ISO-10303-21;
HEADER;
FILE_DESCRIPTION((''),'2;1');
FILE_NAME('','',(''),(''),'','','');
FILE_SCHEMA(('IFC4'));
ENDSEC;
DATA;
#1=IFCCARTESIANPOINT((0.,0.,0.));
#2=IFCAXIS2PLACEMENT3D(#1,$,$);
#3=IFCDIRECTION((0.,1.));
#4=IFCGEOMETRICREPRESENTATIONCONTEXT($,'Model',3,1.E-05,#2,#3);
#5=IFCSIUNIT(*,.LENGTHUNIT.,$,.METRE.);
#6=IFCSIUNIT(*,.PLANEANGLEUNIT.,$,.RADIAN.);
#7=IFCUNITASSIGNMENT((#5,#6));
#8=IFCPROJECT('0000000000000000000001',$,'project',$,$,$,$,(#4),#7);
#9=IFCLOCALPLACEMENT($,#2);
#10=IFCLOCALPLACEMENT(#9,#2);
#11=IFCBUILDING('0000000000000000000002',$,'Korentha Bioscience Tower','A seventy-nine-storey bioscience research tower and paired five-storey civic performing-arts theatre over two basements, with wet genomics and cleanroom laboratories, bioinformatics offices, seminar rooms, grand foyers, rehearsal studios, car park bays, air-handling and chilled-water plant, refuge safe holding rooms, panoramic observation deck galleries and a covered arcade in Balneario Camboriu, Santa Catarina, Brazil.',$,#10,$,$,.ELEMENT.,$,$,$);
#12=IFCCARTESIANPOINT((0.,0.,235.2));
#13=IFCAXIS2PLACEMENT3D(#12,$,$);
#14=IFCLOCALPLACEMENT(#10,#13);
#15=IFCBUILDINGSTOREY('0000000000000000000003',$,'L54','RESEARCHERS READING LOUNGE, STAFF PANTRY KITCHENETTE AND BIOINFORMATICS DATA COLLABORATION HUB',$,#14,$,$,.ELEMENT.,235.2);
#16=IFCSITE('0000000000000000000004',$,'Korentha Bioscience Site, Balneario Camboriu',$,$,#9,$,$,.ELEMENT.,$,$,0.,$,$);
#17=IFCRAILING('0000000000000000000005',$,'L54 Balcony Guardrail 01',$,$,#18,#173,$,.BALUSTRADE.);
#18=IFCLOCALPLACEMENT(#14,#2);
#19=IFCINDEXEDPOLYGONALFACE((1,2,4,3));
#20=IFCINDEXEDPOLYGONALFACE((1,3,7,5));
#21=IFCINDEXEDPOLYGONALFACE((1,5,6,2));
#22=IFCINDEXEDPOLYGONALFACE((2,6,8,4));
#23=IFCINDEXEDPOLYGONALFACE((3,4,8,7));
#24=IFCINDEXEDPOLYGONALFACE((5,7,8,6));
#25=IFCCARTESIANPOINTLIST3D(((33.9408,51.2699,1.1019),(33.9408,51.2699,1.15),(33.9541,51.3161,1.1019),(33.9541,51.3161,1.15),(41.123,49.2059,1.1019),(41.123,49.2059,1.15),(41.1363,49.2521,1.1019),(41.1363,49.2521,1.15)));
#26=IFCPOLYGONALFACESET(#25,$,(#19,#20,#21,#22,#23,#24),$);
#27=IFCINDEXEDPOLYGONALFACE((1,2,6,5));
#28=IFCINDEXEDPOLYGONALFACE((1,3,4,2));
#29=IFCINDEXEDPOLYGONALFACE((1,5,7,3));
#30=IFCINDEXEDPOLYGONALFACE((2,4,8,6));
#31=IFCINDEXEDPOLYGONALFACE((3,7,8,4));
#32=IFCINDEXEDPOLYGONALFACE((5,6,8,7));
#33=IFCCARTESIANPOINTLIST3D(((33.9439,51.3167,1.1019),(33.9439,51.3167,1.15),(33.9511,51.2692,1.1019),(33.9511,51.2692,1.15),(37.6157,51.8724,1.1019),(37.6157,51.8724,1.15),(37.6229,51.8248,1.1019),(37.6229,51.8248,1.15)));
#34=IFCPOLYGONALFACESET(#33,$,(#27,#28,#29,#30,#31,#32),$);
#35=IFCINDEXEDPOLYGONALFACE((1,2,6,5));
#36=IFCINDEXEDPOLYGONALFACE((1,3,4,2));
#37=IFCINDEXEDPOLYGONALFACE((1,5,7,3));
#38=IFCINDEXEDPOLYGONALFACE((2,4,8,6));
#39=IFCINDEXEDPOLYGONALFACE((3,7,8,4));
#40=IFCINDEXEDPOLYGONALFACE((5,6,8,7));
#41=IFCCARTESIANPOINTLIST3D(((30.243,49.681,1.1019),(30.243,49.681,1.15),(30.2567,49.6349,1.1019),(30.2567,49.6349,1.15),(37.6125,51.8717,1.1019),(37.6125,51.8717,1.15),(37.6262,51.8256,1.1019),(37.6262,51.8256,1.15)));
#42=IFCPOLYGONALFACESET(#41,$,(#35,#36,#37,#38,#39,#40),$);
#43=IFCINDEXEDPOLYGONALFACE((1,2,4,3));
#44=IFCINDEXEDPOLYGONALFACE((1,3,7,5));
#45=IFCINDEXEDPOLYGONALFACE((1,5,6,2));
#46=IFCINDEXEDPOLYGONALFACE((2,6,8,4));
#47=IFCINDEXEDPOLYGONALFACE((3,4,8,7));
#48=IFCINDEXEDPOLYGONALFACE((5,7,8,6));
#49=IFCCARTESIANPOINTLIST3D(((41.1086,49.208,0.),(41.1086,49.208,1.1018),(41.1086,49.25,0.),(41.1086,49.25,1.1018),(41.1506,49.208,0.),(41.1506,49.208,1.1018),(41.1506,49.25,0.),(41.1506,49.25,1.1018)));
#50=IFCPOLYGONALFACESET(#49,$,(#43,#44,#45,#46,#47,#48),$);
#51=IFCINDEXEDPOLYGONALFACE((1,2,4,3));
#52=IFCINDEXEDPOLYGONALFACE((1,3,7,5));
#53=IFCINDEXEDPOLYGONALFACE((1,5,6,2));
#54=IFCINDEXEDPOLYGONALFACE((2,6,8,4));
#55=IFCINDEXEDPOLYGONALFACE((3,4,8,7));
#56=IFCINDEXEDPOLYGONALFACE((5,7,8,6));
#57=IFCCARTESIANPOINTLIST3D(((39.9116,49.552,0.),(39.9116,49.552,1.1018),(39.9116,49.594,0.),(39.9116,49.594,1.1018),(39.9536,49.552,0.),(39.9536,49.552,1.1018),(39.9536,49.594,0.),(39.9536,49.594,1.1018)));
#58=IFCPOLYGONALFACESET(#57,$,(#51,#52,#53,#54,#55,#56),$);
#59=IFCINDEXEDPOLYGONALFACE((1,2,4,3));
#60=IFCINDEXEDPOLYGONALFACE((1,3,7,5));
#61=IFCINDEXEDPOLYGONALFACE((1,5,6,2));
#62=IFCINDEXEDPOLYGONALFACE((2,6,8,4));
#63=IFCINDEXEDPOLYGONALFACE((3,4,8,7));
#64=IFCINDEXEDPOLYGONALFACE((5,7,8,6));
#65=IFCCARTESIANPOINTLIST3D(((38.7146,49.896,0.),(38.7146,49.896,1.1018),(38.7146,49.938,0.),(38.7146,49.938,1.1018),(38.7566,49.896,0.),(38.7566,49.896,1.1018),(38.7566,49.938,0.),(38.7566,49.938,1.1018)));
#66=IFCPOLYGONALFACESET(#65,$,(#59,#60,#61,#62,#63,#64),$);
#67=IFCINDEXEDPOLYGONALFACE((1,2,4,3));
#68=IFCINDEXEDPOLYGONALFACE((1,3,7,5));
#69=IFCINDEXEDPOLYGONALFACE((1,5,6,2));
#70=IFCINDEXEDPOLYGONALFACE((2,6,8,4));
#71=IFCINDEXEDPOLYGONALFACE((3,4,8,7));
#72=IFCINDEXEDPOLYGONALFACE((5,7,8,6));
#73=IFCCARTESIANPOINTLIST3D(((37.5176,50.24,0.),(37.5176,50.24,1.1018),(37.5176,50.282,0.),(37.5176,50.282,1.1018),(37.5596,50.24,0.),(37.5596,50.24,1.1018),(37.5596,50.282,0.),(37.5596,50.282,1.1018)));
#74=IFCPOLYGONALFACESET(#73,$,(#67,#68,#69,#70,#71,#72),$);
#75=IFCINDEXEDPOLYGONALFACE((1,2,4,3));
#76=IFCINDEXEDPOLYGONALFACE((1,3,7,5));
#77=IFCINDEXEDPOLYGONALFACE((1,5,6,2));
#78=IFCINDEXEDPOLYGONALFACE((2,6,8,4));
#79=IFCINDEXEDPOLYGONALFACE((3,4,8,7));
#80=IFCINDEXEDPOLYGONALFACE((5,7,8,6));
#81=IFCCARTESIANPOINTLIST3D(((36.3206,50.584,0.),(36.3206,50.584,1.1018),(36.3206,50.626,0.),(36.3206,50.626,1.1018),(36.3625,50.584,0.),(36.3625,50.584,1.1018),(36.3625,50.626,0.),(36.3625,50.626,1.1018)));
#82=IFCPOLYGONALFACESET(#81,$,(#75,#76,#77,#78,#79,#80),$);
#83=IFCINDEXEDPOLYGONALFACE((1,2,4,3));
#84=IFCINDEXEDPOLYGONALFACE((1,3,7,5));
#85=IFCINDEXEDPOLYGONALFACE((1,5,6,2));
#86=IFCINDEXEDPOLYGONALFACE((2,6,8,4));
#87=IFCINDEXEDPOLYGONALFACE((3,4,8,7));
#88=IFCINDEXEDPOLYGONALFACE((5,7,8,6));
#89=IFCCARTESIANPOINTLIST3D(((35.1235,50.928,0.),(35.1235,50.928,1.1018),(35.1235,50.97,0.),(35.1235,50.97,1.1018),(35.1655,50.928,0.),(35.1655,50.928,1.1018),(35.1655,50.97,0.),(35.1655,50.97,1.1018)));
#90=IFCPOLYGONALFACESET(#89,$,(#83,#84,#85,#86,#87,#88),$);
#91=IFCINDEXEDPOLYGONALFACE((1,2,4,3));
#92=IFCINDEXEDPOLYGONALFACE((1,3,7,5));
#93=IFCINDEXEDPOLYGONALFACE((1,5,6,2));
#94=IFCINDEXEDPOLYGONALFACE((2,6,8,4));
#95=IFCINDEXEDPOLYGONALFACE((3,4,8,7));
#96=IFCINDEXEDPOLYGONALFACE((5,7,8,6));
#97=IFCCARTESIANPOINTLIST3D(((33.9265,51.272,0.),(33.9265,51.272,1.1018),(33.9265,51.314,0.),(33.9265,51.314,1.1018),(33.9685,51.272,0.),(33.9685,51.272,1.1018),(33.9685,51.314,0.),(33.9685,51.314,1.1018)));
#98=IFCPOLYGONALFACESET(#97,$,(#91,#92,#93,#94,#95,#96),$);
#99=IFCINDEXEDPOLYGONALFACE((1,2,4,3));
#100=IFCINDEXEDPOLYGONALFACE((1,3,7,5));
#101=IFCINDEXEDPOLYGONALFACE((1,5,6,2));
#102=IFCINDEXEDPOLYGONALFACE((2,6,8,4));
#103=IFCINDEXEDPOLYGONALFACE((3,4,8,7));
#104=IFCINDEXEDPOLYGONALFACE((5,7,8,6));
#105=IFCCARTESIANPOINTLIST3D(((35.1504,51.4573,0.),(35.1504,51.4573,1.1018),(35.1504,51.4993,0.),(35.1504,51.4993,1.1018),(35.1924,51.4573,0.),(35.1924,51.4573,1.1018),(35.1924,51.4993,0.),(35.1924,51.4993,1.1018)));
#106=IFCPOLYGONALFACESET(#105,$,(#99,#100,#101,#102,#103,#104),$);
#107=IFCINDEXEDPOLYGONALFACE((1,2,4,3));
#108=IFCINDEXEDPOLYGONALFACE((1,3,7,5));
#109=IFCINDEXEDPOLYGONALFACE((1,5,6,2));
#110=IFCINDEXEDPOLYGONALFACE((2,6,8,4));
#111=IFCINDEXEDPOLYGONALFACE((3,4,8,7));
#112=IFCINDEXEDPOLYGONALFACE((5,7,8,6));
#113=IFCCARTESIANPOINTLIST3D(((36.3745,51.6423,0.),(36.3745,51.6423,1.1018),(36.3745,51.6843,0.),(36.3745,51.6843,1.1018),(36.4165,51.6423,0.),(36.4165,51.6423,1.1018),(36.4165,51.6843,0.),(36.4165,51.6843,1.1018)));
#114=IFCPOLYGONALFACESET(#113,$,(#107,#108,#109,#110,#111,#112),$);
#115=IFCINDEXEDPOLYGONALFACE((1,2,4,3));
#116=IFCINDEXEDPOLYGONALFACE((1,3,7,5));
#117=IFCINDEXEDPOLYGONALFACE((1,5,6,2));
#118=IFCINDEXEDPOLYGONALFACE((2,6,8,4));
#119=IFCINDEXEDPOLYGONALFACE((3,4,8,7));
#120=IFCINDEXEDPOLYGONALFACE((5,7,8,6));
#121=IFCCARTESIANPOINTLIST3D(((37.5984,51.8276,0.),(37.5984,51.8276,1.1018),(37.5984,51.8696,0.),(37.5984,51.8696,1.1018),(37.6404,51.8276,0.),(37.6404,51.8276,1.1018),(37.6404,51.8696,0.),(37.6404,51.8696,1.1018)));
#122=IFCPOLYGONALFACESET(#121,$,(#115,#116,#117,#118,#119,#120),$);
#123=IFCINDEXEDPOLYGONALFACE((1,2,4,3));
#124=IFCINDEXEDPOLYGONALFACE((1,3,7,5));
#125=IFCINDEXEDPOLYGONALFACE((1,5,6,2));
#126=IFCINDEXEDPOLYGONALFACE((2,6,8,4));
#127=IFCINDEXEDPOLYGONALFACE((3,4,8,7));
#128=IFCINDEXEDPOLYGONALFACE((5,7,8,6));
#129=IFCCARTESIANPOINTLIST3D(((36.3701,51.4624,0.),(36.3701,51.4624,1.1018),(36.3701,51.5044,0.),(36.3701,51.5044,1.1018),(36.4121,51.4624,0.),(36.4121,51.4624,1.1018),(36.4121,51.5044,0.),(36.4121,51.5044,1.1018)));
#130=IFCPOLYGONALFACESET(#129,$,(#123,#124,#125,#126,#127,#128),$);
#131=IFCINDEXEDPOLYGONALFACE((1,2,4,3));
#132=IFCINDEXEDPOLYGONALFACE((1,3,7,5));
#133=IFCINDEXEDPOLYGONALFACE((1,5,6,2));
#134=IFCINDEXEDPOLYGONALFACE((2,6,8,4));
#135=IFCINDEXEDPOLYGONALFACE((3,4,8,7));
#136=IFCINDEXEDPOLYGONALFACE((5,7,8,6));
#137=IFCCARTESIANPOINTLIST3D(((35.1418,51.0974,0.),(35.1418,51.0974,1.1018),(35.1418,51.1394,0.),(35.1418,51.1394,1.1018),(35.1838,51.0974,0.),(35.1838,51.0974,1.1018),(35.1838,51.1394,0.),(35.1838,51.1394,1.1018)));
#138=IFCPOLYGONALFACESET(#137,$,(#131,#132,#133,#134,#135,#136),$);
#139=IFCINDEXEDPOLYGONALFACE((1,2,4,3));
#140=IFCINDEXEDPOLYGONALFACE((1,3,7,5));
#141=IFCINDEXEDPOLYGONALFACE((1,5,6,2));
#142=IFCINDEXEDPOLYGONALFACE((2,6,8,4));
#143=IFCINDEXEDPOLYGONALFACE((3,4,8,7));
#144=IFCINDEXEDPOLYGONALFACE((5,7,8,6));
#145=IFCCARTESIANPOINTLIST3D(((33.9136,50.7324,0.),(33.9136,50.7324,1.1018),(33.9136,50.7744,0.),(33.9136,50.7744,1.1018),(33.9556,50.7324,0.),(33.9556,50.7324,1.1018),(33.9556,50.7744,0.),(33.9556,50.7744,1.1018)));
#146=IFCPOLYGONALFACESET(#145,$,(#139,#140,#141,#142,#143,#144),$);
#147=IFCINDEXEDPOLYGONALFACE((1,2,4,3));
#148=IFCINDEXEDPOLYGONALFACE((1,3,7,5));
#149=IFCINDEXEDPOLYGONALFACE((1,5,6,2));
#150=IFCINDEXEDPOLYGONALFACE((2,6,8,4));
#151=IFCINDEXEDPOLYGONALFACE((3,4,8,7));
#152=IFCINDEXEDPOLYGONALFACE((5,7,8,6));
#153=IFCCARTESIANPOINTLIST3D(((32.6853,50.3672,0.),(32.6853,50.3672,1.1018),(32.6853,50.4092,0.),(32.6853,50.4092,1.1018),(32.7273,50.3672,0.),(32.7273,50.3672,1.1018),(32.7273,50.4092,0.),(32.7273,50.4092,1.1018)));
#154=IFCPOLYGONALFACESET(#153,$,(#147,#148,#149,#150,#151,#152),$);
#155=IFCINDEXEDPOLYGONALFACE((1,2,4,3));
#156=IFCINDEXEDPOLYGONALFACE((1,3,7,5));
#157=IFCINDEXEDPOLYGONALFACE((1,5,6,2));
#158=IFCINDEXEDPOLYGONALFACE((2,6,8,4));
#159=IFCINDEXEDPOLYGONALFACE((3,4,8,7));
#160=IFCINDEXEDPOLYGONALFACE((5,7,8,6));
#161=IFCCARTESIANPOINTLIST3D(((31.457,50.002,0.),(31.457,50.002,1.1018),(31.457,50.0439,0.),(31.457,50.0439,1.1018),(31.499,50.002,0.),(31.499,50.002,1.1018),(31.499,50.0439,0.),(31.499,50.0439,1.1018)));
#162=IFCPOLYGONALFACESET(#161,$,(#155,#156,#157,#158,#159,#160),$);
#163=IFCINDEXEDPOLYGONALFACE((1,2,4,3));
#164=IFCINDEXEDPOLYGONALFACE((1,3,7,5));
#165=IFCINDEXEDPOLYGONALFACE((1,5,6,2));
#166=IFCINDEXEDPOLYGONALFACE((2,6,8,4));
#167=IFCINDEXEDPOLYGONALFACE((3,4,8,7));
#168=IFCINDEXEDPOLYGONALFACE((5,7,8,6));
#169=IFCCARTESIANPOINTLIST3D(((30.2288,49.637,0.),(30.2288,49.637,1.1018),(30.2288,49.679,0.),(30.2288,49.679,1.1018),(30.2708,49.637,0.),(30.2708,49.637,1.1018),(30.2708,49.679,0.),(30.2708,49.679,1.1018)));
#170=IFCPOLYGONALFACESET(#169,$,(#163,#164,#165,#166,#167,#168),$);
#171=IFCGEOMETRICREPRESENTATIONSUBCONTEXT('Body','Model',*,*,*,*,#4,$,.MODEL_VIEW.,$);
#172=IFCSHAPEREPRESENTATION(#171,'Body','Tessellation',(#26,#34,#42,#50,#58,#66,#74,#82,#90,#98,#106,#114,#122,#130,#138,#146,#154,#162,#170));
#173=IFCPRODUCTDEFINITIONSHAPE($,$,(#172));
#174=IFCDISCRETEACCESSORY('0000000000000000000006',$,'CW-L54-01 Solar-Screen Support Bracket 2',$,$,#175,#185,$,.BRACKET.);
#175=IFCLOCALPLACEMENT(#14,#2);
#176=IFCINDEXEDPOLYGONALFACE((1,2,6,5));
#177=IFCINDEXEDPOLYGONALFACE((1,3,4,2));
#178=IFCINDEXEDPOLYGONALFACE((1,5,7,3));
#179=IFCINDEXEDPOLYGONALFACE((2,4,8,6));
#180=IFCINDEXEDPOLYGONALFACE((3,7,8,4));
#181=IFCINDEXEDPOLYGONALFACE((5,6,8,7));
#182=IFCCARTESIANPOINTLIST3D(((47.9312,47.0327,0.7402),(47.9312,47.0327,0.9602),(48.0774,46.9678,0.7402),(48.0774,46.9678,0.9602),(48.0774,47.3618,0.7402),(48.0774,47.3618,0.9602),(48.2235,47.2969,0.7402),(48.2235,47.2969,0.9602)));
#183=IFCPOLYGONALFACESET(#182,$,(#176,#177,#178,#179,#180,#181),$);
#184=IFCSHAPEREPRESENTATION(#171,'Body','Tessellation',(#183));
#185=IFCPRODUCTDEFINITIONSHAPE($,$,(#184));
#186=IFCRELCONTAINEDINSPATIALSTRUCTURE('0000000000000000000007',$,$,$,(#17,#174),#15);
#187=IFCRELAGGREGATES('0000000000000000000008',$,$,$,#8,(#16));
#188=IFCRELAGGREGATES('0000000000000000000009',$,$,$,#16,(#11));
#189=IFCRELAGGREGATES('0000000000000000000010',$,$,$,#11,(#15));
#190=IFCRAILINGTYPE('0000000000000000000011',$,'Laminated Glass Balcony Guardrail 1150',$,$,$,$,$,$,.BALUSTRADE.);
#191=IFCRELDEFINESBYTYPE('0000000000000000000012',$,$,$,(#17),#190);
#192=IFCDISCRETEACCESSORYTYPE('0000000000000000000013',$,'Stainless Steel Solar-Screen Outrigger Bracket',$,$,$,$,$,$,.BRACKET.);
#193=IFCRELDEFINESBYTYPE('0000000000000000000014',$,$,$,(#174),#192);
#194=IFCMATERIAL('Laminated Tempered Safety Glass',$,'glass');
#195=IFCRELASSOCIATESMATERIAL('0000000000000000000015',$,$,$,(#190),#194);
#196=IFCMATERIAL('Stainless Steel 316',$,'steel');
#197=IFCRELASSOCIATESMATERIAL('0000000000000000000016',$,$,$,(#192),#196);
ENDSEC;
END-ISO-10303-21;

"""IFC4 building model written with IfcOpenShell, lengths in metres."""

from ifc_helpers import new_model, si_unit, direction, frame, origin, origin_2d, place, context, subcontext, project, spatial, rectangle, extrude, material, type_object, element, save


model = new_model("IFC4")

# Units and contexts
model_context = context("Model", 3, precision=1e-05, world=origin(), true_north=direction((0.0, 1.0)))
body_context = subcontext(model_context, "Body", "Model", "MODEL_VIEW")
ifc_project = project(units=[si_unit("LENGTHUNIT", "METRE"), si_unit("PLANEANGLEUNIT", "RADIAN")], contexts=[model_context])

# Site, building, storey
site_placement = place(None, origin())
site = spatial("IfcSite", under=ifc_project, at=site_placement, Name="Korentha Bioscience Site, Balneario Camboriu", CompositionType="ELEMENT", RefElevation=0.0)
building_placement = place(site_placement, origin())
building = spatial("IfcBuilding", under=site, at=building_placement, Name="Korentha Bioscience Tower", Description="A seventy-nine-storey bioscience research tower and paired five-storey civic performing-arts theatre over two basements, with wet genomics and cleanroom laboratories, bioinformatics offices, seminar rooms, grand foyers, rehearsal studios, car park bays, air-handling and chilled-water plant, refuge safe holding rooms, panoramic observation deck galleries and a covered arcade in Balneario Camboriu, Santa Catarina, Brazil.", CompositionType="ELEMENT")
storey_placement = place(building_placement, frame((0.0, 0.0, 235.2)))
storey = spatial("IfcBuildingStorey", under=building, at=storey_placement, Name="L54", Description="RESEARCHERS READING LOUNGE, STAFF PANTRY KITCHENETTE AND BIOINFORMATICS DATA COLLABORATION HUB", CompositionType="ELEMENT", Elevation=235.2)

# Railing
ifc_material_1 = material(Name="Laminated Tempered Safety Glass", Category="glass")
railing_type = type_object("IfcRailingType", Name="Laminated Glass Balcony Guardrail 1150", PredefinedType="BALUSTRADE", material=ifc_material_1)
railing_placement = place(storey_placement, frame((41.1296, 49.229, 0.0)))
element("IfcRailing", 1, at=railing_placement, inside=storey, type_object=railing_type, Name="L54 Balcony Guardrail 01", PredefinedType="BALUSTRADE", context=body_context, shape_type="SweptSolid", body=[
    extrude(rectangle(XDim=0.0481, YDim=0.0481, at=origin_2d()), frame((0.0, 0.0, 1.126), z_axis=(-0.961101, 0.276197, 0.0), x_axis=(-0.276197, -0.961101, 0.0)), (0.0, 0.0, 1.0), 7.4729),
    extrude(rectangle(XDim=0.0481, YDim=0.0481, at=origin_2d()), frame((-7.1821, 2.064, 1.126), z_axis=(0.988743, 0.149626, 0.0), x_axis=(-0.149626, 0.988743, 0.0)), (0.0, 0.0, 1.0), 3.7136),
    extrude(rectangle(XDim=0.0481, YDim=0.0481, at=origin_2d()), frame((-3.5103, 2.6196, 1.126), z_axis=(-0.958547, -0.284935, 0.0), x_axis=(0.284935, -0.958547, 0.0)), (0.0, 0.0, 1.0), 7.6882),
    extrude(rectangle(XDim=0.042, YDim=0.042, at=origin_2d()), origin(), (0.0, 0.0, 1.0), 1.1018),
    extrude(rectangle(XDim=0.042, YDim=0.042, at=origin_2d()), frame((-1.197, 0.344, 0.0)), (0.0, 0.0, 1.0), 1.1018),
    extrude(rectangle(XDim=0.042, YDim=0.042, at=origin_2d()), frame((-2.394, 0.688, 0.0)), (0.0, 0.0, 1.0), 1.1018),
    extrude(rectangle(XDim=0.042, YDim=0.042, at=origin_2d()), frame((-3.5911, 1.032, 0.0)), (0.0, 0.0, 1.0), 1.1018),
    extrude(rectangle(XDim=0.042, YDim=0.042, at=origin_2d()), frame((-4.7881, 1.376, 0.0)), (0.0, 0.0, 1.0), 1.1018),
    extrude(rectangle(XDim=0.042, YDim=0.042, at=origin_2d()), frame((-5.9851, 1.72, 0.0)), (0.0, 0.0, 1.0), 1.1018),
    extrude(rectangle(XDim=0.042, YDim=0.042, at=origin_2d()), frame((-7.1821, 2.064, 0.0)), (0.0, 0.0, 1.0), 1.1018),
    extrude(rectangle(XDim=0.042, YDim=0.042, at=origin_2d()), frame((-5.9583, 2.2493, 0.0)), (0.0, 0.0, 1.0), 1.1018),
    extrude(rectangle(XDim=0.042, YDim=0.042, at=origin_2d()), frame((-4.7341, 2.4343, 0.0)), (0.0, 0.0, 1.0), 1.1018),
    extrude(rectangle(XDim=0.042, YDim=0.042, at=origin_2d()), frame((-3.5103, 2.6196, 0.0)), (0.0, 0.0, 1.0), 1.1018),
    extrude(rectangle(XDim=0.042, YDim=0.042, at=origin_2d()), frame((-4.7385, 2.2544, 0.0)), (0.0, 0.0, 1.0), 1.1018),
    extrude(rectangle(XDim=0.042, YDim=0.042, at=origin_2d()), frame((-5.9668, 1.8894, 0.0)), (0.0, 0.0, 1.0), 1.1018),
    extrude(rectangle(XDim=0.042, YDim=0.042, at=origin_2d()), frame((-7.1951, 1.5244, 0.0)), (0.0, 0.0, 1.0), 1.1018),
    extrude(rectangle(XDim=0.042, YDim=0.042, at=origin_2d()), frame((-8.4233, 1.1592, 0.0)), (0.0, 0.0, 1.0), 1.1018),
    extrude(rectangle(XDim=0.042, YDim=0.042, at=origin_2d()), frame((-9.6516, 0.7939, 0.0)), (0.0, 0.0, 1.0), 1.1018),
    extrude(rectangle(XDim=0.042, YDim=0.042, at=origin_2d()), frame((-10.8799, 0.429, 0.0)), (0.0, 0.0, 1.0), 1.1018),
])

# Discrete accessory
ifc_material_2 = material(Name="Stainless Steel 316", Category="steel")
discrete_accessory_type = type_object("IfcDiscreteAccessoryType", Name="Stainless Steel Solar-Screen Outrigger Bracket", PredefinedType="BRACKET", material=ifc_material_2)
discrete_accessory_placement = place(storey_placement, frame((48.0774, 47.1648, 0.7402), z_axis=(0.0, 0.0, 1.0), x_axis=(-0.913944, 0.40584, 0.0)))
element("IfcDiscreteAccessory", 2, at=discrete_accessory_placement, inside=storey, type_object=discrete_accessory_type, Name="CW-L54-01 Solar-Screen Support Bracket 2", PredefinedType="BRACKET", context=body_context, shape_type="SweptSolid", body=[
    extrude(rectangle(XDim=0.1599, YDim=0.3601, at=origin_2d()), origin(), (0.0, 0.0, 1.0), 0.22),
])

save(model, "model.ifc")
